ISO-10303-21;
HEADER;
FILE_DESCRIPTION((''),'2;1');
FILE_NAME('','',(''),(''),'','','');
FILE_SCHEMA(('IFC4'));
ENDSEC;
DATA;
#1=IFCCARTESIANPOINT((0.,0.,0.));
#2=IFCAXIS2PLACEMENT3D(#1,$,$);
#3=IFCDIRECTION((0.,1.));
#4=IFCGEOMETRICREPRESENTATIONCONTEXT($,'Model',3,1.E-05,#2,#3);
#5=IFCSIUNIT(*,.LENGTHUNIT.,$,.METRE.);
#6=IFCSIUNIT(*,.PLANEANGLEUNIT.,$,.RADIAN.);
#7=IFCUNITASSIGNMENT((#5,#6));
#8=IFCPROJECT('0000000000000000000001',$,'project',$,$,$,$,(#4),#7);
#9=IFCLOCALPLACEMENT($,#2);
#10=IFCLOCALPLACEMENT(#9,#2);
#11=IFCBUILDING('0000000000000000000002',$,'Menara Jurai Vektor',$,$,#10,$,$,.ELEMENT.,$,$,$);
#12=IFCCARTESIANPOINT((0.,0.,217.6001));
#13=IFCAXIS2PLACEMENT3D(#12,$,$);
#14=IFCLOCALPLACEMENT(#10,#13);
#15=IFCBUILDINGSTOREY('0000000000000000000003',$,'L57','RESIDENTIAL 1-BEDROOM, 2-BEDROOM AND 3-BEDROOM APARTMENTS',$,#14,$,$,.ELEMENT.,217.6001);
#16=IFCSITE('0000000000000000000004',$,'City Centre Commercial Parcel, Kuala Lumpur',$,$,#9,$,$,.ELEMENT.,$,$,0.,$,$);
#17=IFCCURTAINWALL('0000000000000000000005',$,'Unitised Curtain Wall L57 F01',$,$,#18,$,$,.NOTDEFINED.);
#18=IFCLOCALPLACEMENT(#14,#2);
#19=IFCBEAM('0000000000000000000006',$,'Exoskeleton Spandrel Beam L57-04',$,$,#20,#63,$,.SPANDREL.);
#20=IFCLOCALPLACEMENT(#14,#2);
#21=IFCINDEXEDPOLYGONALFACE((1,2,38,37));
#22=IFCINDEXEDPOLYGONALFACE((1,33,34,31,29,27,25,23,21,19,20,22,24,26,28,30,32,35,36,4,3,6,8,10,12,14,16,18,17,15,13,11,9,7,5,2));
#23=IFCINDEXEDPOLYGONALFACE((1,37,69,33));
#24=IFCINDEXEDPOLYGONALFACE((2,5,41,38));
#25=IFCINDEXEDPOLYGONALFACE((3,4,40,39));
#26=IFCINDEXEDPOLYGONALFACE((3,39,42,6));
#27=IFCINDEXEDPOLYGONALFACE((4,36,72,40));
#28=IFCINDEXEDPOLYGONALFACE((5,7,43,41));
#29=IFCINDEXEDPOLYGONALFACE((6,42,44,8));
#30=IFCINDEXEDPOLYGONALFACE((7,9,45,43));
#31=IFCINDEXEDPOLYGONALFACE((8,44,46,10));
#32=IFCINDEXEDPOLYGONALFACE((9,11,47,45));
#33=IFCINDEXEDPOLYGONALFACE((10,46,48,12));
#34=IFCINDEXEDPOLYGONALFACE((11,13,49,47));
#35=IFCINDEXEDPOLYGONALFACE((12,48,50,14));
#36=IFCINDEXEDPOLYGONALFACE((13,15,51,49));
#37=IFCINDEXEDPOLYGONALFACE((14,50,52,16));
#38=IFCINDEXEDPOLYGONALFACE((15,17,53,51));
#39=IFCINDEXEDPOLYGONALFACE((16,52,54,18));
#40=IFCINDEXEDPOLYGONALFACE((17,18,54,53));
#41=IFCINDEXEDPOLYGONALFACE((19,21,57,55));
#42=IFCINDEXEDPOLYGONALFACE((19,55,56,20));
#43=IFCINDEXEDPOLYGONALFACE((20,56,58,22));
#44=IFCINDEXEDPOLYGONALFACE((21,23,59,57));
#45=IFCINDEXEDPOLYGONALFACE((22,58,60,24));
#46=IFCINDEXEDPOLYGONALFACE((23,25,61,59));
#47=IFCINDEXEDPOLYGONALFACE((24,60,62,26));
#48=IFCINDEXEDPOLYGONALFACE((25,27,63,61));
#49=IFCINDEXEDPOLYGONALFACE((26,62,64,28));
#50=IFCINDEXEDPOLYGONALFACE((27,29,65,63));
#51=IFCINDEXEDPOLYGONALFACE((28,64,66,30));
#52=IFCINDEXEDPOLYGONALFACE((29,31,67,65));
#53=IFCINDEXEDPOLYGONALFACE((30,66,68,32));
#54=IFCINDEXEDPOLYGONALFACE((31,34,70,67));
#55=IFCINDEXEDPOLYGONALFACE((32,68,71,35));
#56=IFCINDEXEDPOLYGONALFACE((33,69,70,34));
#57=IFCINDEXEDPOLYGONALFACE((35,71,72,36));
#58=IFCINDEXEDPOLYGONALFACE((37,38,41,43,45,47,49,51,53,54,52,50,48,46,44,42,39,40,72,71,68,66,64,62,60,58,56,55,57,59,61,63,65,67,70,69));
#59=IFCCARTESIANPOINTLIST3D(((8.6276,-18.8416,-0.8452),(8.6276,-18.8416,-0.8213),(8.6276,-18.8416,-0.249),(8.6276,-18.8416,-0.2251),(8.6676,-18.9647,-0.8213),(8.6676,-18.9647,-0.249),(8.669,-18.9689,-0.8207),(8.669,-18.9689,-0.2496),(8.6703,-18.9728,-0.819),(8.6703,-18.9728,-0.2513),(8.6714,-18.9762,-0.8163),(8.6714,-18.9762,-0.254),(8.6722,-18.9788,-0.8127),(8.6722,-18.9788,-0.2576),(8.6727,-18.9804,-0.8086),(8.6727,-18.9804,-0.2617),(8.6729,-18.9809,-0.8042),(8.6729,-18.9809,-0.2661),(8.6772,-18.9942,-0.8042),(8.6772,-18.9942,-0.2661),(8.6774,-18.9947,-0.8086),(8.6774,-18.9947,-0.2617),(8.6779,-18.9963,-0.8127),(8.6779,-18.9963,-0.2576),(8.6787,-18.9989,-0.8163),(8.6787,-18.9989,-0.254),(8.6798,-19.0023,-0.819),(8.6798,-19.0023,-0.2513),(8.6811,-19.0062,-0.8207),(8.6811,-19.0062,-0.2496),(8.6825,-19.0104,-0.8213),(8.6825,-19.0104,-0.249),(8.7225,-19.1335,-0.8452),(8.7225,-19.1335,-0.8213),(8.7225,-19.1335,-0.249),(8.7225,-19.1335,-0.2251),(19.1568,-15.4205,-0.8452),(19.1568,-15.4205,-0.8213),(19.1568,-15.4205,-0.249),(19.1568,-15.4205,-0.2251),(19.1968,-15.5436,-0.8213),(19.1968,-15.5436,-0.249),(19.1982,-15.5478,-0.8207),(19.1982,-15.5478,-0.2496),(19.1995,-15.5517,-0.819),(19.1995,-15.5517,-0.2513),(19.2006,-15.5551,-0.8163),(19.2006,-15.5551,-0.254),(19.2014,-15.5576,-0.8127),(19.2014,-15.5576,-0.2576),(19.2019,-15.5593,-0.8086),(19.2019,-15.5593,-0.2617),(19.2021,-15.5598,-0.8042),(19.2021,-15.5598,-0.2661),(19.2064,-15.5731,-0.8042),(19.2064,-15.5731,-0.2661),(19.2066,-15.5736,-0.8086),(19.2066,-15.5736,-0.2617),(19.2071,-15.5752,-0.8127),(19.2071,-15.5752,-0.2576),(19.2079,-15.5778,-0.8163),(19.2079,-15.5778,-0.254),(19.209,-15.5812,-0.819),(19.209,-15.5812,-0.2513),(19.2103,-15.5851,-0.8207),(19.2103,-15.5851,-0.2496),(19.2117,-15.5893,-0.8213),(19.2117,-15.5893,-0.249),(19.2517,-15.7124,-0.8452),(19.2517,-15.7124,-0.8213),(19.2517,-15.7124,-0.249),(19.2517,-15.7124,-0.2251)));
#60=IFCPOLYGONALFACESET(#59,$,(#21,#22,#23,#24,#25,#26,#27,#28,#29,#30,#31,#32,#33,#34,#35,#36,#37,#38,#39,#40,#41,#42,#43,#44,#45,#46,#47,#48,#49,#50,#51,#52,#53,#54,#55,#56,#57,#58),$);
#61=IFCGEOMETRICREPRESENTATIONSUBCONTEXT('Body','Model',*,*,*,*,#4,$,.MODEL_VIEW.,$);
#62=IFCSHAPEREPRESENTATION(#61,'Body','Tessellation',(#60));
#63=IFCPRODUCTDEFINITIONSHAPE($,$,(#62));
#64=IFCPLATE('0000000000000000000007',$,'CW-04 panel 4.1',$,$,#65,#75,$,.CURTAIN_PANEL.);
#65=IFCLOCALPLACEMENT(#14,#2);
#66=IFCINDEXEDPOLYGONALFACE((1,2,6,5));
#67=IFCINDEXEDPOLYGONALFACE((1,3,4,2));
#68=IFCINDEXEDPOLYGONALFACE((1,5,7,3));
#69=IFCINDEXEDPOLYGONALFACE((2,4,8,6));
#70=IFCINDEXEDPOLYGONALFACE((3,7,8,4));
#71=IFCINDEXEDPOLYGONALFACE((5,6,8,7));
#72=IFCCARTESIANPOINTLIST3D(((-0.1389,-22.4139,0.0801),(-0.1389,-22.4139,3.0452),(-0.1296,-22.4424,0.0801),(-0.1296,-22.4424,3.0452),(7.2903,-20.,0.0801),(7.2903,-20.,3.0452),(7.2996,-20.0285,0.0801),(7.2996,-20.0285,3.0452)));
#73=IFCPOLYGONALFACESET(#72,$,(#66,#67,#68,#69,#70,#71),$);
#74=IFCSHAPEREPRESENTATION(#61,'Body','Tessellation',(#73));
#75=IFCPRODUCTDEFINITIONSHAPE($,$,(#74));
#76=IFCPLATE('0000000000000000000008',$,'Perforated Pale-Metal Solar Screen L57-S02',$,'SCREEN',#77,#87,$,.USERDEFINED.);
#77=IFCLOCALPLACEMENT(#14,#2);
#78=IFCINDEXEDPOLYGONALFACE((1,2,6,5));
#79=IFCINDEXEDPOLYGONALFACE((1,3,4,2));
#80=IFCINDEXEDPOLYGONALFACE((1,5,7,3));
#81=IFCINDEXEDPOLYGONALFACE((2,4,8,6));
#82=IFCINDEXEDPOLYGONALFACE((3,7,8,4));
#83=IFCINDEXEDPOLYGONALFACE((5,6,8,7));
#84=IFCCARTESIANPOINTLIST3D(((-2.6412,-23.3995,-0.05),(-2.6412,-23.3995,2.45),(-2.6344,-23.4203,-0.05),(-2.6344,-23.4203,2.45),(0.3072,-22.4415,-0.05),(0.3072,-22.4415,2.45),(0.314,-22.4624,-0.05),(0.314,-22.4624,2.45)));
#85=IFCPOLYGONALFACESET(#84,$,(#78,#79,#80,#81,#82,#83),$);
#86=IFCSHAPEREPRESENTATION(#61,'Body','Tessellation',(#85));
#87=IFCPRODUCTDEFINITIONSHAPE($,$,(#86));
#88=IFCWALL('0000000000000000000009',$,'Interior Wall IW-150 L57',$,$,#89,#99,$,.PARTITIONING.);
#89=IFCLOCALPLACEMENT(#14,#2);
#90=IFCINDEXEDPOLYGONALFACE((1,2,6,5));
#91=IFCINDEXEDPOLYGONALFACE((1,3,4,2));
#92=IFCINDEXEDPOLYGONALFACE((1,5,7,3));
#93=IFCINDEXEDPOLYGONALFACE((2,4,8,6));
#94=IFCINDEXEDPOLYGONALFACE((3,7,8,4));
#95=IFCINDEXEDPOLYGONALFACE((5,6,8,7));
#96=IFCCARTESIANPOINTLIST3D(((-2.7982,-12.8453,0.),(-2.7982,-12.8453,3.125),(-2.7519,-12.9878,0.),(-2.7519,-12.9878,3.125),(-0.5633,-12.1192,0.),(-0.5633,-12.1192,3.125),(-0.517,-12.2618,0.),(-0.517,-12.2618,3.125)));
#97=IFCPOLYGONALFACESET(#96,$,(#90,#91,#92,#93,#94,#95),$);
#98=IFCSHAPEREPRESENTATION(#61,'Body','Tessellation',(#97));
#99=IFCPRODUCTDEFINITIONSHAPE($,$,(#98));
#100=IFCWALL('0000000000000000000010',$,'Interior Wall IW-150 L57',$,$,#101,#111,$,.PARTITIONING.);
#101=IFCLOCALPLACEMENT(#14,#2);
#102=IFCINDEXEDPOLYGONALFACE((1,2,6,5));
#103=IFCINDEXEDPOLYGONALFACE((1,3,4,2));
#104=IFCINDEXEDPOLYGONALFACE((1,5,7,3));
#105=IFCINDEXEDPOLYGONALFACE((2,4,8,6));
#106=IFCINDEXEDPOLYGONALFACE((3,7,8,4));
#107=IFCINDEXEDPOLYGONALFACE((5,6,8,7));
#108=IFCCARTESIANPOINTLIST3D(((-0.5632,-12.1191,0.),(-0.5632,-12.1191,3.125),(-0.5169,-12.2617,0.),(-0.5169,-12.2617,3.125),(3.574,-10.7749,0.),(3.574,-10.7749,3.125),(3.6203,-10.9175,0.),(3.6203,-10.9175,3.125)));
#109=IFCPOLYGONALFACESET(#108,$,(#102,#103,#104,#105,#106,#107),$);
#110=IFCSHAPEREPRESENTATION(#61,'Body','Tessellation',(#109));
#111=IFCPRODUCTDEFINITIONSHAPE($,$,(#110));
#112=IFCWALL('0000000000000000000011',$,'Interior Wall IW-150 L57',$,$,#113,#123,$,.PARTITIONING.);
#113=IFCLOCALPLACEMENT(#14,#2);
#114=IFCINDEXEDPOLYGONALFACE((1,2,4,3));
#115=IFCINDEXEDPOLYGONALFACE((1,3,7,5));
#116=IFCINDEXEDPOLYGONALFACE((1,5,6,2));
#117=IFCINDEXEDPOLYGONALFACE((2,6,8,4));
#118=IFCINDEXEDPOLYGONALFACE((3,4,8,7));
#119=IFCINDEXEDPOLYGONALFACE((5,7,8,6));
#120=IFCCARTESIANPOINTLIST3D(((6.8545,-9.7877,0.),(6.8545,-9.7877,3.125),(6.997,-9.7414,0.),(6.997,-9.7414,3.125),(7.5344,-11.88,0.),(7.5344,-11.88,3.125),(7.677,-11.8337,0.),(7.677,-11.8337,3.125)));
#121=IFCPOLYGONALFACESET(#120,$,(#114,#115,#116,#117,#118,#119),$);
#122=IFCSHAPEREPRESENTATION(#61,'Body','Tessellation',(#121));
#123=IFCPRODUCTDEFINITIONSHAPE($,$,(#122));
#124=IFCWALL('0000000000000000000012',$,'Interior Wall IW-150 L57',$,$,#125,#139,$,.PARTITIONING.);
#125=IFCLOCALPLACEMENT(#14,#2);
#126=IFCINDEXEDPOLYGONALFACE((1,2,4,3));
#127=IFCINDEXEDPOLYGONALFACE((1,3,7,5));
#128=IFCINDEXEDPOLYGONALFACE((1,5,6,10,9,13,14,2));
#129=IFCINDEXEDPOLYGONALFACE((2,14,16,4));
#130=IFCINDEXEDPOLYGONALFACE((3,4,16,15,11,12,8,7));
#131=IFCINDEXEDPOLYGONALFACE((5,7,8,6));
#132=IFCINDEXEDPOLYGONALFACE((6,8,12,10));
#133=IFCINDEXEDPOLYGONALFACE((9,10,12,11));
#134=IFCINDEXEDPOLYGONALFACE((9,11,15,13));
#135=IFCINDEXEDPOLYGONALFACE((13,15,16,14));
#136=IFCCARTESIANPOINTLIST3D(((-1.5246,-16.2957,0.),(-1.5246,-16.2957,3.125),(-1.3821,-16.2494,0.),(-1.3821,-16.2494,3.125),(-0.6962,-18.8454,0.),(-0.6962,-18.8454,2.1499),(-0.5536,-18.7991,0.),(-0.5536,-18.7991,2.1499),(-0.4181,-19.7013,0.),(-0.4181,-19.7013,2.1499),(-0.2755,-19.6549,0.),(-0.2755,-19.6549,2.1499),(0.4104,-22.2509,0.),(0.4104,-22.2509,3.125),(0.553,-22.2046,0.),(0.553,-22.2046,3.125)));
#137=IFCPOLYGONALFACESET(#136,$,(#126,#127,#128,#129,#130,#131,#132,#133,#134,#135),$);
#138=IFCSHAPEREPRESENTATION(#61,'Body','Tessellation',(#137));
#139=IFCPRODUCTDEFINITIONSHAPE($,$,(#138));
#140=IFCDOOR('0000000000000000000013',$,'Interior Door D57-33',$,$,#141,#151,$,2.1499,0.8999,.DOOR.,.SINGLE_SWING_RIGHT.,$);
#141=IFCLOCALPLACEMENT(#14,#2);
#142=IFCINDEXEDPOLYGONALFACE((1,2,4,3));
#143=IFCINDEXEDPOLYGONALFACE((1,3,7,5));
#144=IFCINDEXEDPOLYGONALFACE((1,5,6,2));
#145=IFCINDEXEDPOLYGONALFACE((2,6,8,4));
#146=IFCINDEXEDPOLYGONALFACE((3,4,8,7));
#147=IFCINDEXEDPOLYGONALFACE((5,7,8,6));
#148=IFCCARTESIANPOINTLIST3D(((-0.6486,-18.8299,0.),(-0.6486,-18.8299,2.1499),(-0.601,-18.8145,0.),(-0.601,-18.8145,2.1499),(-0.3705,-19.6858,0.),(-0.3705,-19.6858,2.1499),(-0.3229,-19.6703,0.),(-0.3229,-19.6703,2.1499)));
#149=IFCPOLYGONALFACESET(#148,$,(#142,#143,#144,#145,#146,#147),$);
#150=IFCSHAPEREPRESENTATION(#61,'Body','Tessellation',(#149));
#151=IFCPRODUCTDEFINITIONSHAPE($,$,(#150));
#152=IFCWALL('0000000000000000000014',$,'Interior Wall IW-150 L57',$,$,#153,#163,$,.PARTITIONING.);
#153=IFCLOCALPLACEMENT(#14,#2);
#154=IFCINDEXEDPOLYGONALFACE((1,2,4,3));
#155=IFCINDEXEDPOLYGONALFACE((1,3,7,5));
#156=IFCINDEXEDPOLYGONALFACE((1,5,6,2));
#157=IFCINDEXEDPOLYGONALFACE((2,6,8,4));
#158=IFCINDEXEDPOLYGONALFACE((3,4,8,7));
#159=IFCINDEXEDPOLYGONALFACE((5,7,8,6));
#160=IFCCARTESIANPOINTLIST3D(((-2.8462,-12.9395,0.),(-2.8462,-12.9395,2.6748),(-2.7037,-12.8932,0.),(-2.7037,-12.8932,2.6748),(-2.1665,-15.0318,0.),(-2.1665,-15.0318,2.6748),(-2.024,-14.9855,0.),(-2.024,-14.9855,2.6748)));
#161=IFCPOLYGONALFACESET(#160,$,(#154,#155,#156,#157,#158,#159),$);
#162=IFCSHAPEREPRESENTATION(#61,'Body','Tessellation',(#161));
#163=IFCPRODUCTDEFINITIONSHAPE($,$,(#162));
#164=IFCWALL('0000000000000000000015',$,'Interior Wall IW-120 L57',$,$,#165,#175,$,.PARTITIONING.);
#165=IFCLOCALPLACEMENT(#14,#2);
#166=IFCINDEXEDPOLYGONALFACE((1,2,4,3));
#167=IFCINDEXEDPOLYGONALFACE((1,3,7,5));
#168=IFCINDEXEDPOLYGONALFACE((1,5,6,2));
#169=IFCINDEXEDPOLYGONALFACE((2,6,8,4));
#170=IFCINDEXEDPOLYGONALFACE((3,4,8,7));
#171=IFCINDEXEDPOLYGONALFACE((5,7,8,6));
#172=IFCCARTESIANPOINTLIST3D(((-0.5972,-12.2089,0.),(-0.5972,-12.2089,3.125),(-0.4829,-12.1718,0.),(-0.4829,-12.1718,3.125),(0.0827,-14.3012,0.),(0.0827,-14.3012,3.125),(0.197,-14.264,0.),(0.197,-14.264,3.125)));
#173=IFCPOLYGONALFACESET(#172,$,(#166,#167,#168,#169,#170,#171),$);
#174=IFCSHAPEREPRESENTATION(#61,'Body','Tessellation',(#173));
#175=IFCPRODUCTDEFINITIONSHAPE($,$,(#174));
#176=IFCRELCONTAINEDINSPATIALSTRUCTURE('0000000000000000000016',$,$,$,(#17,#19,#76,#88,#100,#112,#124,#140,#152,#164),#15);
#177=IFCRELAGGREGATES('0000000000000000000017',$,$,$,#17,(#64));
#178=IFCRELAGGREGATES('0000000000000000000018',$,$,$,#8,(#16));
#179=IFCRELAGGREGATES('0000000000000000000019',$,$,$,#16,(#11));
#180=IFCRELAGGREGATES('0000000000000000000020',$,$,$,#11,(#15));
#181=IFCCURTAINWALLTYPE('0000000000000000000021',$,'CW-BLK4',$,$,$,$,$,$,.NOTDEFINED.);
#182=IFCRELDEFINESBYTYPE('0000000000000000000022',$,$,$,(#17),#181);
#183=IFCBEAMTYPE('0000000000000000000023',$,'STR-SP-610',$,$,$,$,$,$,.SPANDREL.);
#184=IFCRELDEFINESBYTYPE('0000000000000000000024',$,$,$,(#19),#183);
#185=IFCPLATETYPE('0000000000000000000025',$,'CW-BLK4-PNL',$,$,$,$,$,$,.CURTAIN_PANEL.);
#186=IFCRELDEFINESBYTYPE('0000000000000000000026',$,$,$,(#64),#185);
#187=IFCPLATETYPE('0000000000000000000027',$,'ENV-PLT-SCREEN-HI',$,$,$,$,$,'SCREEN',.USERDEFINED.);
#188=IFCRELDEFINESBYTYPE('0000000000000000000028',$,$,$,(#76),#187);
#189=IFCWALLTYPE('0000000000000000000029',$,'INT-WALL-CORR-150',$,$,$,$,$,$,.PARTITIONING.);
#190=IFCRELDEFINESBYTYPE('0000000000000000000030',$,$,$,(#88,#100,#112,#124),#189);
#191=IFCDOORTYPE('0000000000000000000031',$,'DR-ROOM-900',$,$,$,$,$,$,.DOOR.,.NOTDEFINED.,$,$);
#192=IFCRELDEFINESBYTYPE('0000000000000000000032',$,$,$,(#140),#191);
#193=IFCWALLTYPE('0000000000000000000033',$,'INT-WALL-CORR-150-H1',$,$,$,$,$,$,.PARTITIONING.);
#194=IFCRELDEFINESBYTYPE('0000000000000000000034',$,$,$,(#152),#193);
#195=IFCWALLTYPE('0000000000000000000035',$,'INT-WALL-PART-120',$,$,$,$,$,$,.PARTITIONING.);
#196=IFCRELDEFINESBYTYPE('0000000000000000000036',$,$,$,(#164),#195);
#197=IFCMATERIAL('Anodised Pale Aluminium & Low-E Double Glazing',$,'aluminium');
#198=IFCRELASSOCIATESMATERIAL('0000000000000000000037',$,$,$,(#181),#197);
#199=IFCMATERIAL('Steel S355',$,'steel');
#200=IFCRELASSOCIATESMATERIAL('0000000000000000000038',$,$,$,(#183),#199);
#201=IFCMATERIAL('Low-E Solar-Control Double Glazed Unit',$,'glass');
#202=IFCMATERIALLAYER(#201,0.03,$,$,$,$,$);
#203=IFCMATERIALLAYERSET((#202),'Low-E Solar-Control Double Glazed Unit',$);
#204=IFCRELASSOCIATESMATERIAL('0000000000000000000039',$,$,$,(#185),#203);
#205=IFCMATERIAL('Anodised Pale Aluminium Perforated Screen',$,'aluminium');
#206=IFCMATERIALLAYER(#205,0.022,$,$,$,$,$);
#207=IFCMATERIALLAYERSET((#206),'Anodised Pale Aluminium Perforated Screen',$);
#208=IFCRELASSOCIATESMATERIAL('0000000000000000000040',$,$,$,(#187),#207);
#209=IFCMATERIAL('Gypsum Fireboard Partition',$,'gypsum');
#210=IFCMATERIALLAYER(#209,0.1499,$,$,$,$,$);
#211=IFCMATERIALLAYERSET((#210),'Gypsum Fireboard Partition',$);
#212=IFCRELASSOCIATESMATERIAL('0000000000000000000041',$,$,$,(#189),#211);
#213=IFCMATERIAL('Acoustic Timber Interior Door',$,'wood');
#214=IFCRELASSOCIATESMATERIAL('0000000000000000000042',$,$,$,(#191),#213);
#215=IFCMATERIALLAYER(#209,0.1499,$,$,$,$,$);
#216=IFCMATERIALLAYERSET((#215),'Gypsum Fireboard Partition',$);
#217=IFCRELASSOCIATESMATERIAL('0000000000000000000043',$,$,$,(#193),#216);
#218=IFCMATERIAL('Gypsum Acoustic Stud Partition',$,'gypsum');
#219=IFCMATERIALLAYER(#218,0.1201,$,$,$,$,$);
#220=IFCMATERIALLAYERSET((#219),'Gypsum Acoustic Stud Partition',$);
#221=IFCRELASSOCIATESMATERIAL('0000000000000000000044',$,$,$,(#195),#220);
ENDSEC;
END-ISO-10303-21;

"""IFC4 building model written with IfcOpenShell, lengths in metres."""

from ifc_helpers import new_model, si_unit, direction, frame, frame_2d, origin, origin_2d, place, context, subcontext, project, spatial, rectangle, i_section, extrude, material, layer, layer_set, material_profile, profile_set, type_object, element, fill, aggregate, save


model = new_model("IFC4")

# Units and contexts
model_context = context("Model", 3, precision=1e-05, world=origin(), true_north=direction((0.0, 1.0)))
body_context = subcontext(model_context, "Body", "Model", "MODEL_VIEW")
ifc_project = project(units=[si_unit("LENGTHUNIT", "METRE"), si_unit("PLANEANGLEUNIT", "RADIAN")], contexts=[model_context])

# Site, building, storey
site_placement = place(None, origin())
site = spatial("IfcSite", under=ifc_project, at=site_placement, Name="City Centre Commercial Parcel, Kuala Lumpur", CompositionType="ELEMENT", RefElevation=0.0)
building_placement = place(site_placement, origin())
building = spatial("IfcBuilding", under=site, at=building_placement, Name="Menara Jurai Vektor", CompositionType="ELEMENT")
storey_placement = place(building_placement, frame((0.0, 0.0, 217.6001)))
storey = spatial("IfcBuildingStorey", under=building, at=storey_placement, Name="L57", Description="RESIDENTIAL 1-BEDROOM, 2-BEDROOM AND 3-BEDROOM APARTMENTS", CompositionType="ELEMENT", Elevation=217.6001)

# Curtain wall
ifc_material_1 = material(Name="Anodised Pale Aluminium & Low-E Double Glazing", Category="aluminium")
curtain_wall_type = type_object("IfcCurtainWallType", Name="CW-BLK4", PredefinedType="NOTDEFINED", material=ifc_material_1)
curtain_wall_placement = place(storey_placement, origin())
curtain_wall = element("IfcCurtainWall", 1, at=curtain_wall_placement, inside=storey, type_object=curtain_wall_type, Name="Unitised Curtain Wall L57 F01", PredefinedType="NOTDEFINED")

# Beam
ifc_material_2 = material(Name="Steel S355", Category="steel")
ifc_material_profile_1 = material_profile(ifc_material_2, i_section(OverallWidth=0.3069, OverallDepth=0.6201, WebThickness=0.0139, FlangeThickness=0.0239, FilletRadius=0.0171, at=origin_2d()), Name="UKB 610x305x179")
ifc_profile_set_1 = profile_set([ifc_material_profile_1], Name="Steel S355")
beam_type_1 = type_object("IfcBeamType", Name="STR-SP-610", PredefinedType="SPANDREL", material=ifc_profile_set_1)
for number, where, z_axis, x_axis, name in (
    (2, (8.675, -18.9875, -0.5352), (0.951057, 0.309014, 0.0), (-0.309014, 0.951057, 0.0), "Exoskeleton Spandrel Beam L57-04"),
):
    element("IfcBeam", number, at=place(storey_placement, frame(where, z_axis=z_axis, x_axis=x_axis)), inside=storey, type_object=beam_type_1, Name=name, PredefinedType="SPANDREL", context=body_context, shape_type="SweptSolid", body=[
        extrude(i_section(OverallWidth=0.3069, OverallDepth=0.6201, WebThickness=0.0139, FlangeThickness=0.0239, FilletRadius=0.0171, at=origin_2d()), origin(), (0.0, 0.0, 1.0), 11.071),
    ])

# Plates
ifc_material_3 = material(Name="Low-E Solar-Control Double Glazed Unit", Category="glass")
ifc_layer_1 = layer(ifc_material_3, 0.03)
ifc_layer_set_1 = layer_set([ifc_layer_1], Name="Low-E Solar-Control Double Glazed Unit")
plate_type_1 = type_object("IfcPlateType", Name="CW-BLK4-PNL", PredefinedType="CURTAIN_PANEL", material=ifc_layer_set_1)
plate_1_placement = place(storey_placement, frame((3.5803, -21.2212, 0.0801), z_axis=(0.0, 0.0, 1.0), x_axis=(0.951056, 0.309017, 0.0)))
plate_1 = element("IfcPlate", 3, at=plate_1_placement, type_object=plate_type_1, Name="CW-04 panel 4.1", PredefinedType="CURTAIN_PANEL", context=body_context, shape_type="SweptSolid", body=[
    extrude(rectangle(XDim=7.8115, YDim=0.03, at=origin_2d()), origin(), (0.0, 0.0, 1.0), 2.9651),
])
aggregate(curtain_wall, [plate_1])
ifc_material_4 = material(Name="Anodised Pale Aluminium Perforated Screen", Category="aluminium")
ifc_layer_2 = layer(ifc_material_4, 0.022)
ifc_layer_set_2 = layer_set([ifc_layer_2], Name="Anodised Pale Aluminium Perforated Screen")
plate_type_2 = type_object("IfcPlateType", Name="ENV-PLT-SCREEN-HI", ElementType="SCREEN", PredefinedType="USERDEFINED", material=ifc_layer_set_2)
plate_2_placement = place(storey_placement, frame((-1.1636, -22.9309, -0.05), z_axis=(0.0, 0.0, 1.0), x_axis=(0.951057, 0.309017, 0.0)))
element("IfcPlate", 4, at=plate_2_placement, inside=storey, type_object=plate_type_2, Name="Perforated Pale-Metal Solar Screen L57-S02", ObjectType="SCREEN", PredefinedType="USERDEFINED", context=body_context, shape_type="SweptSolid", body=[
    extrude(rectangle(XDim=3.1001, YDim=0.022, at=origin_2d()), origin(), (0.0, 0.0, 1.0), 2.5),
])

# Walls
ifc_material_5 = material(Name="Gypsum Fireboard Partition", Category="gypsum")
ifc_layer_3 = layer(ifc_material_5, 0.1499)
ifc_layer_set_3 = layer_set([ifc_layer_3], Name="Gypsum Fireboard Partition")
wall_type_1 = type_object("IfcWallType", Name="INT-WALL-CORR-150", PredefinedType="PARTITIONING", material=ifc_layer_set_3)
wall_1_placement = place(storey_placement, frame((-2.7749, -12.9165, 0.0), z_axis=(0.0, 0.0, 1.0), x_axis=(0.951066, 0.308987, 0.0)))
element("IfcWall", 5, at=wall_1_placement, inside=storey, type_object=wall_type_1, Name="Interior Wall IW-150 L57", PredefinedType="PARTITIONING", context=body_context, shape_type="SweptSolid", body=[
    extrude(rectangle(XDim=2.3499, YDim=0.1499, at=frame_2d((1.1748, 0.0))), origin(), (0.0, 0.0, 1.0), 3.125),
])
wall_2_placement = place(storey_placement, frame((-0.54, -12.1904, 0.0), z_axis=(0.0, 0.0, 1.0), x_axis=(0.951058, 0.309012, 0.0)))
element("IfcWall", 6, at=wall_2_placement, inside=storey, type_object=wall_type_1, Name="Interior Wall IW-150 L57", PredefinedType="PARTITIONING", context=body_context, shape_type="SweptSolid", body=[
    extrude(rectangle(XDim=4.3501, YDim=0.1499, at=frame_2d((2.175, 0.0))), origin(), (0.0, 0.0, 1.0), 3.125),
])

# Shared definitions
ifc_material_6 = material(Name="Acoustic Timber Interior Door", Category="wood")
door_type_1 = type_object("IfcDoorType", Name="DR-ROOM-900", OperationType="NOTDEFINED", PredefinedType="DOOR", material=ifc_material_6)

# Wall
wall_3_placement = place(storey_placement, frame((7.6057, -11.8569, 0.0), z_axis=(0.0, 0.0, 1.0), x_axis=(-0.309061, 0.951042, 0.0)))
element("IfcWall", 7, at=wall_3_placement, inside=storey, type_object=wall_type_1, Name="Interior Wall IW-150 L57", PredefinedType="PARTITIONING", context=body_context, shape_type="SweptSolid", body=[
    extrude(rectangle(XDim=2.2, YDim=0.1499, at=frame_2d((1.1001, 0.0))), origin(), (0.0, 0.0, 1.0), 3.125),
])

# Wall, opening, door
wall_4_placement = place(storey_placement, frame((0.4817, -22.2278, 0.0), z_axis=(0.0, 0.0, 1.0), x_axis=(-0.309025, 0.951054, 0.0)))
wall_4 = element("IfcWall", 8, at=wall_4_placement, inside=storey, type_object=wall_type_1, Name="Interior Wall IW-150 L57", PredefinedType="PARTITIONING", context=body_context, shape_type="SweptSolid", body=[
    extrude(rectangle(XDim=6.2617, YDim=0.1499, at=frame_2d((3.1309, 0.0))), origin(), (0.0, 0.0, 1.0), 3.125),
])
opening_1_placement = place(wall_4_placement, frame((2.6809, 0.0, 0.0)))
opening_1 = element("IfcOpeningElement", 9, at=opening_1_placement, cuts=wall_4, PredefinedType="OPENING", context=body_context, shape_type="SweptSolid", body=[
    extrude(rectangle(XDim=0.8999, YDim=2.1499, at=frame_2d((0.45, 1.075))), frame((0.0, 0.085, 0.0), z_axis=(0.0, -1.0, 0.0), x_axis=(1.0, 0.0, 0.0)), (0.0, 0.0, 1.0), 0.1699),
])
door_1_placement = place(opening_1_placement, origin())
door_1 = element("IfcDoor", 10, at=door_1_placement, inside=storey, type_object=door_type_1, Name="Interior Door D57-33", OperationType="SINGLE_SWING_RIGHT", OverallHeight=2.1499, OverallWidth=0.8999, PredefinedType="DOOR", context=body_context, shape_type="SweptSolid", body=[
    extrude(rectangle(XDim=0.8999, YDim=2.1499, at=frame_2d((0.45, 1.075))), frame((0.0, 0.0249, 0.0), z_axis=(0.0, -1.0, 0.0), x_axis=(1.0, 0.0, 0.0)), (0.0, 0.0, 1.0), 0.05),
])
fill(opening_1, door_1)

# Walls
ifc_layer_4 = layer(ifc_material_5, 0.1499)
ifc_layer_set_4 = layer_set([ifc_layer_4], Name="Gypsum Fireboard Partition")
wall_type_2 = type_object("IfcWallType", Name="INT-WALL-CORR-150-H1", PredefinedType="PARTITIONING", material=ifc_layer_set_4)
wall_5_placement = place(storey_placement, frame((-2.0952, -15.0088, 0.0), z_axis=(0.0, 0.0, 1.0), x_axis=(-0.308961, 0.951075, 0.0)))
element("IfcWall", 11, at=wall_5_placement, inside=storey, type_object=wall_type_2, Name="Interior Wall IW-150 L57", PredefinedType="PARTITIONING", context=body_context, shape_type="SweptSolid", body=[
    extrude(rectangle(XDim=2.2, YDim=0.1499, at=frame_2d((1.1001, 0.0))), origin(), (0.0, 0.0, 1.0), 2.6748),
])
ifc_material_7 = material(Name="Gypsum Acoustic Stud Partition", Category="gypsum")
ifc_layer_5 = layer(ifc_material_7, 0.1201)
ifc_layer_set_5 = layer_set([ifc_layer_5], Name="Gypsum Acoustic Stud Partition")
wall_type_3 = type_object("IfcWallType", Name="INT-WALL-PART-120", PredefinedType="PARTITIONING", material=ifc_layer_set_5)
for number, where, z_axis, x_axis, name in (
    (12, (0.1399, -14.2827, 0.0), (0.0, 0.0, 1.0), (-0.309061, 0.951042, 0.0), "Interior Wall IW-120 L57"),
):
    element("IfcWall", number, at=place(storey_placement, frame(where, z_axis=z_axis, x_axis=x_axis)), inside=storey, type_object=wall_type_3, Name=name, PredefinedType="PARTITIONING", context=body_context, shape_type="SweptSolid", body=[
        extrude(rectangle(XDim=2.2, YDim=0.1201, at=frame_2d((1.1001, 0.0))), origin(), (0.0, 0.0, 1.0), 3.125),
    ])

save(model, "model.ifc")
